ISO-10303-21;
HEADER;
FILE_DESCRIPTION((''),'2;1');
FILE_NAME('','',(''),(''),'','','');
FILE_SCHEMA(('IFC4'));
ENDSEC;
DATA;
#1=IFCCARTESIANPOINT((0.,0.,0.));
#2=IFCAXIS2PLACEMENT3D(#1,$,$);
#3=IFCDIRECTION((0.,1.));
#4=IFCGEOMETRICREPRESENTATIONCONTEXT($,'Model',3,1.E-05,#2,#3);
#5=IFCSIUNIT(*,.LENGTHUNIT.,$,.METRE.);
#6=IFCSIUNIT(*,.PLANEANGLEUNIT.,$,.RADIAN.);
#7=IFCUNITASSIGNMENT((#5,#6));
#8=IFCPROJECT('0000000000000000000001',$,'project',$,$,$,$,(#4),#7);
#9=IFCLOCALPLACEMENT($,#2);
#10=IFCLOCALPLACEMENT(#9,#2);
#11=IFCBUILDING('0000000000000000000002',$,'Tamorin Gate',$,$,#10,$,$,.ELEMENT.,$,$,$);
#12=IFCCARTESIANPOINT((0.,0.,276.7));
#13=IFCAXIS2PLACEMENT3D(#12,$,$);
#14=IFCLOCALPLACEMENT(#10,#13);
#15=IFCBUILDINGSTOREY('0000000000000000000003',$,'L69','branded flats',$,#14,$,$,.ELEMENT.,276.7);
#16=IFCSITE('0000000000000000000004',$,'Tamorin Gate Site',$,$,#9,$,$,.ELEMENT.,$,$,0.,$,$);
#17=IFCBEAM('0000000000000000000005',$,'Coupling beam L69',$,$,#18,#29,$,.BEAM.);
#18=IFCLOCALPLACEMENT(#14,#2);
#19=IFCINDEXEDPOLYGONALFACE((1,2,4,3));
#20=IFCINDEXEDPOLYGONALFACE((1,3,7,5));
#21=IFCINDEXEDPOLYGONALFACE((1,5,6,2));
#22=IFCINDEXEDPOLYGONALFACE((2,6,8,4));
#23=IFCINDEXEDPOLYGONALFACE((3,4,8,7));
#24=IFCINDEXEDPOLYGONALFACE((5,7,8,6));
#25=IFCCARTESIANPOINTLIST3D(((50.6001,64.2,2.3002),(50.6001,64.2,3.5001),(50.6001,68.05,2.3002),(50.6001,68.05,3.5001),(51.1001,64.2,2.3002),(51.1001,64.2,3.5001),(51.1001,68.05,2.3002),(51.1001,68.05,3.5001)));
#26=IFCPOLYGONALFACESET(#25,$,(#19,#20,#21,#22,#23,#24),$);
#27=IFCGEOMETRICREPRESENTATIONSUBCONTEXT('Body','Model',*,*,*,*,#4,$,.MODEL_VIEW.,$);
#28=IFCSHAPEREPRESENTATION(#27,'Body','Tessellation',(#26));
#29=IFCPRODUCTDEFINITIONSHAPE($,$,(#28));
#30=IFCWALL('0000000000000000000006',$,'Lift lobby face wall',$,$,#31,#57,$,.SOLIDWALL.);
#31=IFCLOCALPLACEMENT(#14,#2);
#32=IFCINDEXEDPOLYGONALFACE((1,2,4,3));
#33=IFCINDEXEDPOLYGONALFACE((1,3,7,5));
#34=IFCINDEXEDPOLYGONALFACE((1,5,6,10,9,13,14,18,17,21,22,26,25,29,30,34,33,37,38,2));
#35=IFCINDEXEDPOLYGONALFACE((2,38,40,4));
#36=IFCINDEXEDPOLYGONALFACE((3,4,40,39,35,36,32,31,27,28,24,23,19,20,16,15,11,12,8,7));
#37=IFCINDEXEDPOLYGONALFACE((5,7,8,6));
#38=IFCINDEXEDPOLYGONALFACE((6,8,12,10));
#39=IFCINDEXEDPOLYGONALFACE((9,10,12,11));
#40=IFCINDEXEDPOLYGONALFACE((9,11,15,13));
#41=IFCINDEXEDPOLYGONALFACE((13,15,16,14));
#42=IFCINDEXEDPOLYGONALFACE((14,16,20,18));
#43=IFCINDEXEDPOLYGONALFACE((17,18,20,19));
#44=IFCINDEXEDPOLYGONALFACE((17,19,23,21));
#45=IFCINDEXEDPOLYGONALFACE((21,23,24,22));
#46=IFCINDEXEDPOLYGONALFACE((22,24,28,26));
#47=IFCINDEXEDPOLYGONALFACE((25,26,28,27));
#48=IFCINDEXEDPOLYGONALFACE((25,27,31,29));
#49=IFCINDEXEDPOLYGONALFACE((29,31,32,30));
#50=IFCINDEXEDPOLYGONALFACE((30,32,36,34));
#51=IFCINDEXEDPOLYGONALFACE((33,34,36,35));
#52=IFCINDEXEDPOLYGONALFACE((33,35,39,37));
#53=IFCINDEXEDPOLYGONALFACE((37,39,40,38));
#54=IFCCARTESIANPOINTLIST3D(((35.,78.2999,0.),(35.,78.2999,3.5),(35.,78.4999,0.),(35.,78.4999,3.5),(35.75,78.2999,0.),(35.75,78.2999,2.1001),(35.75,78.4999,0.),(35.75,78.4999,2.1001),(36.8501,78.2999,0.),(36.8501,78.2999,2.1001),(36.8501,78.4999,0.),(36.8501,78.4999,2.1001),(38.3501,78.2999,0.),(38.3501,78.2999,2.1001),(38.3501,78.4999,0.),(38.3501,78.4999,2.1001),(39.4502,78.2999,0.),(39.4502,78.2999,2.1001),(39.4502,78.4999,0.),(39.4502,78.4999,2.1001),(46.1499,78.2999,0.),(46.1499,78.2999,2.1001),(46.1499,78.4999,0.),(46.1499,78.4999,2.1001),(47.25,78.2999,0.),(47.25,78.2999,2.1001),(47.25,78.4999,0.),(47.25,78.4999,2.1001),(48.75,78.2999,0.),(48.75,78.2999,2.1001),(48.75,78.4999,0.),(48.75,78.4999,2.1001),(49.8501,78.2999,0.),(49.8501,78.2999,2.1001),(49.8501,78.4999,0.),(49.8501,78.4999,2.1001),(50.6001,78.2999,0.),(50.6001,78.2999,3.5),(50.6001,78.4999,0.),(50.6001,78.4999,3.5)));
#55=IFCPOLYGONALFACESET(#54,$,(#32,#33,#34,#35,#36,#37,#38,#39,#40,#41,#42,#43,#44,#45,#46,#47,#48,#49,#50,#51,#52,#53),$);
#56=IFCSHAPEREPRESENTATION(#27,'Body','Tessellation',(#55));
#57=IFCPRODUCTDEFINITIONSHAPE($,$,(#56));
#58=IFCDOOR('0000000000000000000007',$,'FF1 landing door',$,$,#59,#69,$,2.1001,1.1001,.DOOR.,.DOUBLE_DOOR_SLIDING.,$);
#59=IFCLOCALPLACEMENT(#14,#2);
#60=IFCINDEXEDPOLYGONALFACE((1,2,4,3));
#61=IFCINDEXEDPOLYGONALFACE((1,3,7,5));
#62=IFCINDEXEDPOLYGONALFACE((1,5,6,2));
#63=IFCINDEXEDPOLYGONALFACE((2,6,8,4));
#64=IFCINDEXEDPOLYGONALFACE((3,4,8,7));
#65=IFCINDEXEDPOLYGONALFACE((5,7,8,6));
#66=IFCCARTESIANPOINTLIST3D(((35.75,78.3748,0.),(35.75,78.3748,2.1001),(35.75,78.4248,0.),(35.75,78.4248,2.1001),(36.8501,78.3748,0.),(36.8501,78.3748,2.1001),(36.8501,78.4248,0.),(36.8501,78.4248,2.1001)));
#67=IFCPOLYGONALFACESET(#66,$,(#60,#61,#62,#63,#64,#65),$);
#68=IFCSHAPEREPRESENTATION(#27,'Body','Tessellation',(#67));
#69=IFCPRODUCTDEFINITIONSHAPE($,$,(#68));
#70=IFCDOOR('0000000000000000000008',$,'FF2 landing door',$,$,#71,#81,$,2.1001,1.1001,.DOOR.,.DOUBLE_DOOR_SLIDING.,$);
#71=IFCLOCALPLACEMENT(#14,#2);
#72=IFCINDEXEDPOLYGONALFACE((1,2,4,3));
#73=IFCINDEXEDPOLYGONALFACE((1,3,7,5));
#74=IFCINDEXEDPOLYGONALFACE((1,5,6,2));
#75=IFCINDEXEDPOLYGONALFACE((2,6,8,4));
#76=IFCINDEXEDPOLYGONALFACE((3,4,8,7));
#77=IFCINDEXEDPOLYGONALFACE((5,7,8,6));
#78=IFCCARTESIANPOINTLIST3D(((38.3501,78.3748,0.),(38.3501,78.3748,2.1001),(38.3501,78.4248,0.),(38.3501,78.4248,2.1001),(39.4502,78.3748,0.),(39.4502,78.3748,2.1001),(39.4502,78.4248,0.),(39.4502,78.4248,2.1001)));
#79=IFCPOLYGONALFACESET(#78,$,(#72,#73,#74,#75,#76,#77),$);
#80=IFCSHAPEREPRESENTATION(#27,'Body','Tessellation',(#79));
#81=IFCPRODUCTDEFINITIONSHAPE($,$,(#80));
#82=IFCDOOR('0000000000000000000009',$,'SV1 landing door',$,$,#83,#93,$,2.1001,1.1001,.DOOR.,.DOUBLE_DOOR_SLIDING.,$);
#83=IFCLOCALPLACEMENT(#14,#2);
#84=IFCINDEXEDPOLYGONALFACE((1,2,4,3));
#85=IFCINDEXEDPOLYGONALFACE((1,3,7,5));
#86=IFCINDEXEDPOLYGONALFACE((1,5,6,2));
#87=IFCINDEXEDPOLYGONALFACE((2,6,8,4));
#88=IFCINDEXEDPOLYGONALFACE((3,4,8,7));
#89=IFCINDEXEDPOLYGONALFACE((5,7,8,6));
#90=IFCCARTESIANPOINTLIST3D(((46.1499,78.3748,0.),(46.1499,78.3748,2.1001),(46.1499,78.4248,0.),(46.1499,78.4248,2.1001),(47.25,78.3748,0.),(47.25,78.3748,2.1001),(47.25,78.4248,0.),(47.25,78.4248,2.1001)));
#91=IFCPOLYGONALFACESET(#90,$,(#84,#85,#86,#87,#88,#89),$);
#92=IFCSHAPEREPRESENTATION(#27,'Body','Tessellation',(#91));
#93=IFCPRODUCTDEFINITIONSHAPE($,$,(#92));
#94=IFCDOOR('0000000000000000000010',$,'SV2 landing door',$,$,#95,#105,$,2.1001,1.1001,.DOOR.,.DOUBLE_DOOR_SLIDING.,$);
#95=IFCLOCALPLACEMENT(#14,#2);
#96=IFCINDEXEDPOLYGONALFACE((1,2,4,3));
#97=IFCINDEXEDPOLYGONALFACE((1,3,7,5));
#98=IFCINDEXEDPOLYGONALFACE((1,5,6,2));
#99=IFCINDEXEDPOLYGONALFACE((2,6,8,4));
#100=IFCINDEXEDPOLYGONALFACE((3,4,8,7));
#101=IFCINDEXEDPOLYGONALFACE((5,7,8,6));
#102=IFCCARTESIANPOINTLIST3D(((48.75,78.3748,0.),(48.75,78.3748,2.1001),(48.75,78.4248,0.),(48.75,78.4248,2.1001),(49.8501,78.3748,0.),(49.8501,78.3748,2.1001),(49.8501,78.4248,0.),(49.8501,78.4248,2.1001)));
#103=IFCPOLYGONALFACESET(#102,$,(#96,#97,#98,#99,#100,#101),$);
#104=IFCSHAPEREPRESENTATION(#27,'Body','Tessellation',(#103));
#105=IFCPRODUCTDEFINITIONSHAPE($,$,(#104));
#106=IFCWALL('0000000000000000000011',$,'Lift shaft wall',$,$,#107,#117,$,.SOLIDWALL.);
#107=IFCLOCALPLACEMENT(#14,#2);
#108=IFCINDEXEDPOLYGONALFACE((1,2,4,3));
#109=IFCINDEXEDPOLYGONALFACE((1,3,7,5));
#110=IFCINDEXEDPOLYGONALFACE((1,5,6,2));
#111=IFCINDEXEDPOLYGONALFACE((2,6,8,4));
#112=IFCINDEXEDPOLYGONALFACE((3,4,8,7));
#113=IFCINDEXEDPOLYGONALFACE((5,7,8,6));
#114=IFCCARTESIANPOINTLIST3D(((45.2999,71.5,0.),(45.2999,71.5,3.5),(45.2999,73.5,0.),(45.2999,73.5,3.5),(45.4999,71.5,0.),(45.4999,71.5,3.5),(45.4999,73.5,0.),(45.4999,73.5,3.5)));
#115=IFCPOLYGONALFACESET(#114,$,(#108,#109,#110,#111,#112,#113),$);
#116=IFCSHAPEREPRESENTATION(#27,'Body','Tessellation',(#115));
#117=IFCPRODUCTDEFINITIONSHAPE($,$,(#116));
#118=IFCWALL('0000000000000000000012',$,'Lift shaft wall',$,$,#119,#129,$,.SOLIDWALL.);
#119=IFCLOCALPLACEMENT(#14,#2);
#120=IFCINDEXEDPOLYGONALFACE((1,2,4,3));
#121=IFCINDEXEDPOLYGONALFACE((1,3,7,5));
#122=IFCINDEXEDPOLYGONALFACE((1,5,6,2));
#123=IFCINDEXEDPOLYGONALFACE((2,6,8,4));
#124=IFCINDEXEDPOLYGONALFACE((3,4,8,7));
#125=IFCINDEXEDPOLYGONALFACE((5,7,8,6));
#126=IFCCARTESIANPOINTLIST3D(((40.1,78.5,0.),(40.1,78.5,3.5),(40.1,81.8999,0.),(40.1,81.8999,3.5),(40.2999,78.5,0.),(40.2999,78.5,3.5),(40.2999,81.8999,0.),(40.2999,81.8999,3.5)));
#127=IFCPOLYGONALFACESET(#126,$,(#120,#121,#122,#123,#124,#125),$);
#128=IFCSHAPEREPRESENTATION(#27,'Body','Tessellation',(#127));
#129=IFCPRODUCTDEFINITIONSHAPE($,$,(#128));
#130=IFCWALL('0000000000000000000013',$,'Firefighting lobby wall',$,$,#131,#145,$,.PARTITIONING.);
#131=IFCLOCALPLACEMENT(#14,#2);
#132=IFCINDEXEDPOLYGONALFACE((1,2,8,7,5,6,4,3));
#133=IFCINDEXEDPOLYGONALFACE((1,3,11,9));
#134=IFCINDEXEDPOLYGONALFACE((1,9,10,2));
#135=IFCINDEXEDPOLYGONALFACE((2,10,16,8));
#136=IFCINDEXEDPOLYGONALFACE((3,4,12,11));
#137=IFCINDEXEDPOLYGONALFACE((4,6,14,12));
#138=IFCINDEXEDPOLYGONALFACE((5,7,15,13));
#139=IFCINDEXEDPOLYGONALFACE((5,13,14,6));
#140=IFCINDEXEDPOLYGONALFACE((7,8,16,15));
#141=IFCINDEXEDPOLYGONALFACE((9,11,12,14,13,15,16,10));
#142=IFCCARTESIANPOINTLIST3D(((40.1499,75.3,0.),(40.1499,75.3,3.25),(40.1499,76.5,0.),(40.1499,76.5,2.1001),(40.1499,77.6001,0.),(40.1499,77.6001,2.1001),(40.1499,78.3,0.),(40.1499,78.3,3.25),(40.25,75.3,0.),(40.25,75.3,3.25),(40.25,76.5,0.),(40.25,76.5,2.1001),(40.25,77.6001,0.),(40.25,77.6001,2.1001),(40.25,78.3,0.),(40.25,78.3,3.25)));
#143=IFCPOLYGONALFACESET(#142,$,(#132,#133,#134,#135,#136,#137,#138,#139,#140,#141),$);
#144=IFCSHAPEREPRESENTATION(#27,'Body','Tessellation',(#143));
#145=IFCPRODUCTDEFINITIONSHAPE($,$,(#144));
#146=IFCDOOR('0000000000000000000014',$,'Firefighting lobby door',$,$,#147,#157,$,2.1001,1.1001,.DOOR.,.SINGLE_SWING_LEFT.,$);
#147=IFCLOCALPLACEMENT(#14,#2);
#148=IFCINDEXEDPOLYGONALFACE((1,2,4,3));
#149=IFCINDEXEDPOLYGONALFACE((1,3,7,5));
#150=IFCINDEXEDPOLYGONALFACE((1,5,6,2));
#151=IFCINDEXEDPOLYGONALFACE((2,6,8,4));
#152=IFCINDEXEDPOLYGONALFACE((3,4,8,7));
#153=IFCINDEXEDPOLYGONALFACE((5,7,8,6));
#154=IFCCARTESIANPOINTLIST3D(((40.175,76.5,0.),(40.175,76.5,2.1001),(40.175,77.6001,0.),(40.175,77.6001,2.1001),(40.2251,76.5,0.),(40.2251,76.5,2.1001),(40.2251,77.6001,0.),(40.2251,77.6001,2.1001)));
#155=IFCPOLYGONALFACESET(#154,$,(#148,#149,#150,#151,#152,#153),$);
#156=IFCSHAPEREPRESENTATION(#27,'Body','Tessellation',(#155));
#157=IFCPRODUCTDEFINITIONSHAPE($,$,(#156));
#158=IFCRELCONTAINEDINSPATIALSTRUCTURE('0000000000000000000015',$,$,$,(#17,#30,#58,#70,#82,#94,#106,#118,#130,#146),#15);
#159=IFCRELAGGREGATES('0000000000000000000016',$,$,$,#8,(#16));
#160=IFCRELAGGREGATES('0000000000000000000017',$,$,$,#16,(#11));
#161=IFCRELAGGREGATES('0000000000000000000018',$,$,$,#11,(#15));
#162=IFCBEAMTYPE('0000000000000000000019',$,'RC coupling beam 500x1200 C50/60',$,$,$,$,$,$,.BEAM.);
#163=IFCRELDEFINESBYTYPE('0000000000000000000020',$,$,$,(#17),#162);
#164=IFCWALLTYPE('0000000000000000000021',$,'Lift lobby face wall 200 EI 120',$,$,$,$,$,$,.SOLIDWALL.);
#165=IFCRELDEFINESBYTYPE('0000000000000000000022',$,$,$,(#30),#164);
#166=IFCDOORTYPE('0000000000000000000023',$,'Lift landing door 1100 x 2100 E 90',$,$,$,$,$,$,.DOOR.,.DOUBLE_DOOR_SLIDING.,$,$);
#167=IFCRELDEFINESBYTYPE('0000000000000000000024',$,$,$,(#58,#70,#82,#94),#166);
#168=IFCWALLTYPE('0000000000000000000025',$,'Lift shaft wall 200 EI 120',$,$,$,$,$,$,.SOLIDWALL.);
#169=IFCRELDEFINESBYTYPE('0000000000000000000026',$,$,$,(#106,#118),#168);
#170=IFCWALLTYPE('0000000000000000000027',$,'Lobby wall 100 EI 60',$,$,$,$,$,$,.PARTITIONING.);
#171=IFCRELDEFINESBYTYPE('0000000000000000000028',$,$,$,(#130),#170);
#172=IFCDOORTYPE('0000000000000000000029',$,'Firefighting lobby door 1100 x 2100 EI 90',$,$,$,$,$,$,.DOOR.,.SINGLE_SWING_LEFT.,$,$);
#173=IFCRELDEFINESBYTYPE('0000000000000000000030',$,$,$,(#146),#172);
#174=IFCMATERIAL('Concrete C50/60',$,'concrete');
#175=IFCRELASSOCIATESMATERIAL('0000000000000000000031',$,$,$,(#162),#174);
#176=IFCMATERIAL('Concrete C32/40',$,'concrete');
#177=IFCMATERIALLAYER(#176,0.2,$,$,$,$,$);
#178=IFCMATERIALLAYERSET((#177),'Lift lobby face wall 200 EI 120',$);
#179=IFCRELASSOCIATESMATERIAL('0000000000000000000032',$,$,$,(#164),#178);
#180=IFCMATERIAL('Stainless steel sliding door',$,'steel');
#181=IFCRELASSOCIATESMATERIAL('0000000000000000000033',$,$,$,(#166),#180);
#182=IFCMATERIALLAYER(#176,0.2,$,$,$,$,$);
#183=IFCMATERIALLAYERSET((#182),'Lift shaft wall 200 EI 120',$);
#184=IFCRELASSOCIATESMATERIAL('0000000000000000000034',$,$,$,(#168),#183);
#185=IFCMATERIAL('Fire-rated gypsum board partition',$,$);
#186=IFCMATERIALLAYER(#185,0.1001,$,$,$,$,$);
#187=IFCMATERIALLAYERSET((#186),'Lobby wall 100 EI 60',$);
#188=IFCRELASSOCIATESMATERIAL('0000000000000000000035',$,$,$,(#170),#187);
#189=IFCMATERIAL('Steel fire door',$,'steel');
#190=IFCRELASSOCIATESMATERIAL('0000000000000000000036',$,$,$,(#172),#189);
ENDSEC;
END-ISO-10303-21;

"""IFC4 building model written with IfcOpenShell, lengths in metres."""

from ifc_helpers import new_model, si_unit, direction, frame, frame_2d, origin, origin_2d, place, context, subcontext, project, spatial, rectangle, extrude, material, layer, layer_set, material_profile, profile_set, type_object, element, fill, save


model = new_model("IFC4")

# Units and contexts
model_context = context("Model", 3, precision=1e-05, world=origin(), true_north=direction((0.0, 1.0)))
body_context = subcontext(model_context, "Body", "Model", "MODEL_VIEW")
ifc_project = project(units=[si_unit("LENGTHUNIT", "METRE"), si_unit("PLANEANGLEUNIT", "RADIAN")], contexts=[model_context])

# Site, building, storey
site_placement = place(None, origin())
site = spatial("IfcSite", under=ifc_project, at=site_placement, Name="Tamorin Gate Site", CompositionType="ELEMENT", RefElevation=0.0)
building_placement = place(site_placement, origin())
building = spatial("IfcBuilding", under=site, at=building_placement, Name="Tamorin Gate", CompositionType="ELEMENT")
storey_placement = place(building_placement, frame((0.0, 0.0, 276.7)))
storey = spatial("IfcBuildingStorey", under=building, at=storey_placement, Name="L69", Description="branded flats", CompositionType="ELEMENT", Elevation=276.7)

# Beam
ifc_material_1 = material(Name="Concrete C50/60", Category="concrete")
ifc_material_profile = material_profile(ifc_material_1, rectangle(XDim=0.5, YDim=1.2, at=origin_2d()), Name="RC 500x1200")
ifc_profile_set = profile_set([ifc_material_profile], Name="Concrete C50/60")
beam_type = type_object("IfcBeamType", Name="RC coupling beam 500x1200 C50/60", PredefinedType="BEAM", material=ifc_profile_set)
beam_placement = place(storey_placement, frame((50.8501, 64.2, 2.9001), z_axis=(0.0, 1.0, 0.0), x_axis=(-1.0, 0.0, 0.0)))
element("IfcBeam", 1, at=beam_placement, inside=storey, type_object=beam_type, Name="Coupling beam L69", PredefinedType="BEAM", context=body_context, shape_type="SweptSolid", body=[
    extrude(rectangle(XDim=0.5, YDim=1.2, at=origin_2d()), origin(), (0.0, 0.0, 1.0), 3.8501),
])

# Wall, openings, doors
ifc_material_2 = material(Name="Concrete C32/40", Category="concrete")
ifc_layer_1 = layer(ifc_material_2, 0.2)
ifc_layer_set_1 = layer_set([ifc_layer_1], Name="Lift lobby face wall 200 EI 120")
wall_type_1 = type_object("IfcWallType", Name="Lift lobby face wall 200 EI 120", PredefinedType="SOLIDWALL", material=ifc_layer_set_1)
wall_1_placement = place(storey_placement, frame((35.0, 78.3999, 0.0), z_axis=(0.0, 0.0, 1.0), x_axis=(1.0, 0.0, 0.0)))
wall_1 = element("IfcWall", 2, at=wall_1_placement, inside=storey, type_object=wall_type_1, Name="Lift lobby face wall", PredefinedType="SOLIDWALL", context=body_context, shape_type="SweptSolid", body=[
    extrude(rectangle(XDim=15.6001, YDim=0.2, at=frame_2d((7.8, 0.0))), origin(), (0.0, 0.0, 1.0), 3.5),
])
opening_1_placement = place(wall_1_placement, frame((0.75, 0.0, 0.0)))
opening_1 = element("IfcOpeningElement", 3, at=opening_1_placement, cuts=wall_1, PredefinedType="OPENING", context=body_context, shape_type="SweptSolid", body=[
    extrude(rectangle(XDim=1.1001, YDim=2.1001, at=frame_2d((0.55, 1.05))), frame((0.0, 0.1099, 0.0), z_axis=(0.0, -1.0, 0.0), x_axis=(1.0, 0.0, 0.0)), (0.0, 0.0, 1.0), 0.22),
])
opening_2_placement = place(wall_1_placement, frame((3.3501, 0.0, 0.0)))
opening_2 = element("IfcOpeningElement", 4, at=opening_2_placement, cuts=wall_1, PredefinedType="OPENING", context=body_context, shape_type="SweptSolid", body=[
    extrude(rectangle(XDim=1.1001, YDim=2.1001, at=frame_2d((0.55, 1.05))), frame((0.0, 0.1099, 0.0), z_axis=(0.0, -1.0, 0.0), x_axis=(1.0, 0.0, 0.0)), (0.0, 0.0, 1.0), 0.22),
])
opening_3_placement = place(wall_1_placement, frame((11.1499, 0.0, 0.0)))
opening_3 = element("IfcOpeningElement", 5, at=opening_3_placement, cuts=wall_1, PredefinedType="OPENING", context=body_context, shape_type="SweptSolid", body=[
    extrude(rectangle(XDim=1.1001, YDim=2.1001, at=frame_2d((0.55, 1.05))), frame((0.0, 0.1099, 0.0), z_axis=(0.0, -1.0, 0.0), x_axis=(1.0, 0.0, 0.0)), (0.0, 0.0, 1.0), 0.22),
])
opening_4_placement = place(wall_1_placement, frame((13.75, 0.0, 0.0)))
opening_4 = element("IfcOpeningElement", 6, at=opening_4_placement, cuts=wall_1, PredefinedType="OPENING", context=body_context, shape_type="SweptSolid", body=[
    extrude(rectangle(XDim=1.1001, YDim=2.1001, at=frame_2d((0.55, 1.05))), frame((0.0, 0.1099, 0.0), z_axis=(0.0, -1.0, 0.0), x_axis=(1.0, 0.0, 0.0)), (0.0, 0.0, 1.0), 0.22),
])
ifc_material_3 = material(Name="Stainless steel sliding door", Category="steel")
door_type_1 = type_object("IfcDoorType", Name="Lift landing door 1100 x 2100 E 90", OperationType="DOUBLE_DOOR_SLIDING", PredefinedType="DOOR", material=ifc_material_3)
door_1_placement = place(opening_1_placement, origin())
door_1 = element("IfcDoor", 7, at=door_1_placement, inside=storey, type_object=door_type_1, Name="FF1 landing door", OperationType="DOUBLE_DOOR_SLIDING", OverallHeight=2.1001, OverallWidth=1.1001, PredefinedType="DOOR", context=body_context, shape_type="SweptSolid", body=[
    extrude(rectangle(XDim=1.1001, YDim=2.1001, at=frame_2d((0.55, 1.05))), frame((0.0, 0.0249, 0.0), z_axis=(0.0, -1.0, 0.0), x_axis=(1.0, 0.0, 0.0)), (0.0, 0.0, 1.0), 0.05),
])
fill(opening_1, door_1)
door_2_placement = place(opening_2_placement, origin())
door_2 = element("IfcDoor", 8, at=door_2_placement, inside=storey, type_object=door_type_1, Name="FF2 landing door", OperationType="DOUBLE_DOOR_SLIDING", OverallHeight=2.1001, OverallWidth=1.1001, PredefinedType="DOOR", context=body_context, shape_type="SweptSolid", body=[
    extrude(rectangle(XDim=1.1001, YDim=2.1001, at=frame_2d((0.55, 1.05))), frame((0.0, 0.0249, 0.0), z_axis=(0.0, -1.0, 0.0), x_axis=(1.0, 0.0, 0.0)), (0.0, 0.0, 1.0), 0.05),
])
fill(opening_2, door_2)
door_3_placement = place(opening_3_placement, origin())
door_3 = element("IfcDoor", 9, at=door_3_placement, inside=storey, type_object=door_type_1, Name="SV1 landing door", OperationType="DOUBLE_DOOR_SLIDING", OverallHeight=2.1001, OverallWidth=1.1001, PredefinedType="DOOR", context=body_context, shape_type="SweptSolid", body=[
    extrude(rectangle(XDim=1.1001, YDim=2.1001, at=frame_2d((0.55, 1.05))), frame((0.0, 0.0249, 0.0), z_axis=(0.0, -1.0, 0.0), x_axis=(1.0, 0.0, 0.0)), (0.0, 0.0, 1.0), 0.05),
])
fill(opening_3, door_3)
door_4_placement = place(opening_4_placement, origin())
door_4 = element("IfcDoor", 10, at=door_4_placement, inside=storey, type_object=door_type_1, Name="SV2 landing door", OperationType="DOUBLE_DOOR_SLIDING", OverallHeight=2.1001, OverallWidth=1.1001, PredefinedType="DOOR", context=body_context, shape_type="SweptSolid", body=[
    extrude(rectangle(XDim=1.1001, YDim=2.1001, at=frame_2d((0.55, 1.05))), frame((0.0, 0.0249, 0.0), z_axis=(0.0, -1.0, 0.0), x_axis=(1.0, 0.0, 0.0)), (0.0, 0.0, 1.0), 0.05),
])
fill(opening_4, door_4)

# Walls
ifc_layer_2 = layer(ifc_material_2, 0.2)
ifc_layer_set_2 = layer_set([ifc_layer_2], Name="Lift shaft wall 200 EI 120")
wall_type_2 = type_object("IfcWallType", Name="Lift shaft wall 200 EI 120", PredefinedType="SOLIDWALL", material=ifc_layer_set_2)
wall_2_placement = place(storey_placement, frame((45.3999, 71.5, 0.0), z_axis=(0.0, 0.0, 1.0), x_axis=(0.0, 1.0, 0.0)))
element("IfcWall", 11, at=wall_2_placement, inside=storey, type_object=wall_type_2, Name="Lift shaft wall", PredefinedType="SOLIDWALL", context=body_context, shape_type="SweptSolid", body=[
    extrude(rectangle(XDim=2.0, YDim=0.2, at=frame_2d((1.0, 0.0))), origin(), (0.0, 0.0, 1.0), 3.5),
])
wall_3_placement = place(storey_placement, frame((40.2, 78.5, 0.0), z_axis=(0.0, 0.0, 1.0), x_axis=(0.0, 1.0, 0.0)))
element("IfcWall", 12, at=wall_3_placement, inside=storey, type_object=wall_type_2, Name="Lift shaft wall", PredefinedType="SOLIDWALL", context=body_context, shape_type="SweptSolid", body=[
    extrude(rectangle(XDim=3.3999, YDim=0.2, at=frame_2d((1.7, 0.0))), origin(), (0.0, 0.0, 1.0), 3.5),
])

# Wall, opening, door
ifc_material_4 = material(Name="Fire-rated gypsum board partition")
ifc_layer_3 = layer(ifc_material_4, 0.1001)
ifc_layer_set_3 = layer_set([ifc_layer_3], Name="Lobby wall 100 EI 60")
wall_type_3 = type_object("IfcWallType", Name="Lobby wall 100 EI 60", PredefinedType="PARTITIONING", material=ifc_layer_set_3)
wall_4_placement = place(storey_placement, frame((40.2, 75.3, 0.0), z_axis=(0.0, 0.0, 1.0), x_axis=(0.0, 1.0, 0.0)))
wall_4 = element("IfcWall", 13, at=wall_4_placement, inside=storey, type_object=wall_type_3, Name="Firefighting lobby wall", PredefinedType="PARTITIONING", context=body_context, shape_type="SweptSolid", body=[
    extrude(rectangle(XDim=3.0, YDim=0.1001, at=frame_2d((1.5, 0.0))), origin(), (0.0, 0.0, 1.0), 3.25),
])
opening_5_placement = place(wall_4_placement, frame((1.2, 0.0, 0.0)))
opening_5 = element("IfcOpeningElement", 14, at=opening_5_placement, cuts=wall_4, PredefinedType="OPENING", context=body_context, shape_type="SweptSolid", body=[
    extrude(rectangle(XDim=1.1001, YDim=2.1001, at=frame_2d((0.55, 1.05))), frame((0.0, 0.0601, 0.0), z_axis=(0.0, -1.0, 0.0), x_axis=(1.0, 0.0, 0.0)), (0.0, 0.0, 1.0), 0.1201),
])
ifc_material_5 = material(Name="Steel fire door", Category="steel")
door_type_2 = type_object("IfcDoorType", Name="Firefighting lobby door 1100 x 2100 EI 90", OperationType="SINGLE_SWING_LEFT", PredefinedType="DOOR", material=ifc_material_5)
door_5_placement = place(opening_5_placement, origin())
door_5 = element("IfcDoor", 15, at=door_5_placement, inside=storey, type_object=door_type_2, Name="Firefighting lobby door", OperationType="SINGLE_SWING_LEFT", OverallHeight=2.1001, OverallWidth=1.1001, PredefinedType="DOOR", context=body_context, shape_type="SweptSolid", body=[
    extrude(rectangle(XDim=1.1001, YDim=2.1001, at=frame_2d((0.55, 1.05))), frame((0.0, 0.0249, 0.0), z_axis=(0.0, -1.0, 0.0), x_axis=(1.0, 0.0, 0.0)), (0.0, 0.0, 1.0), 0.05),
])
fill(opening_5, door_5)

save(model, "model.ifc")
